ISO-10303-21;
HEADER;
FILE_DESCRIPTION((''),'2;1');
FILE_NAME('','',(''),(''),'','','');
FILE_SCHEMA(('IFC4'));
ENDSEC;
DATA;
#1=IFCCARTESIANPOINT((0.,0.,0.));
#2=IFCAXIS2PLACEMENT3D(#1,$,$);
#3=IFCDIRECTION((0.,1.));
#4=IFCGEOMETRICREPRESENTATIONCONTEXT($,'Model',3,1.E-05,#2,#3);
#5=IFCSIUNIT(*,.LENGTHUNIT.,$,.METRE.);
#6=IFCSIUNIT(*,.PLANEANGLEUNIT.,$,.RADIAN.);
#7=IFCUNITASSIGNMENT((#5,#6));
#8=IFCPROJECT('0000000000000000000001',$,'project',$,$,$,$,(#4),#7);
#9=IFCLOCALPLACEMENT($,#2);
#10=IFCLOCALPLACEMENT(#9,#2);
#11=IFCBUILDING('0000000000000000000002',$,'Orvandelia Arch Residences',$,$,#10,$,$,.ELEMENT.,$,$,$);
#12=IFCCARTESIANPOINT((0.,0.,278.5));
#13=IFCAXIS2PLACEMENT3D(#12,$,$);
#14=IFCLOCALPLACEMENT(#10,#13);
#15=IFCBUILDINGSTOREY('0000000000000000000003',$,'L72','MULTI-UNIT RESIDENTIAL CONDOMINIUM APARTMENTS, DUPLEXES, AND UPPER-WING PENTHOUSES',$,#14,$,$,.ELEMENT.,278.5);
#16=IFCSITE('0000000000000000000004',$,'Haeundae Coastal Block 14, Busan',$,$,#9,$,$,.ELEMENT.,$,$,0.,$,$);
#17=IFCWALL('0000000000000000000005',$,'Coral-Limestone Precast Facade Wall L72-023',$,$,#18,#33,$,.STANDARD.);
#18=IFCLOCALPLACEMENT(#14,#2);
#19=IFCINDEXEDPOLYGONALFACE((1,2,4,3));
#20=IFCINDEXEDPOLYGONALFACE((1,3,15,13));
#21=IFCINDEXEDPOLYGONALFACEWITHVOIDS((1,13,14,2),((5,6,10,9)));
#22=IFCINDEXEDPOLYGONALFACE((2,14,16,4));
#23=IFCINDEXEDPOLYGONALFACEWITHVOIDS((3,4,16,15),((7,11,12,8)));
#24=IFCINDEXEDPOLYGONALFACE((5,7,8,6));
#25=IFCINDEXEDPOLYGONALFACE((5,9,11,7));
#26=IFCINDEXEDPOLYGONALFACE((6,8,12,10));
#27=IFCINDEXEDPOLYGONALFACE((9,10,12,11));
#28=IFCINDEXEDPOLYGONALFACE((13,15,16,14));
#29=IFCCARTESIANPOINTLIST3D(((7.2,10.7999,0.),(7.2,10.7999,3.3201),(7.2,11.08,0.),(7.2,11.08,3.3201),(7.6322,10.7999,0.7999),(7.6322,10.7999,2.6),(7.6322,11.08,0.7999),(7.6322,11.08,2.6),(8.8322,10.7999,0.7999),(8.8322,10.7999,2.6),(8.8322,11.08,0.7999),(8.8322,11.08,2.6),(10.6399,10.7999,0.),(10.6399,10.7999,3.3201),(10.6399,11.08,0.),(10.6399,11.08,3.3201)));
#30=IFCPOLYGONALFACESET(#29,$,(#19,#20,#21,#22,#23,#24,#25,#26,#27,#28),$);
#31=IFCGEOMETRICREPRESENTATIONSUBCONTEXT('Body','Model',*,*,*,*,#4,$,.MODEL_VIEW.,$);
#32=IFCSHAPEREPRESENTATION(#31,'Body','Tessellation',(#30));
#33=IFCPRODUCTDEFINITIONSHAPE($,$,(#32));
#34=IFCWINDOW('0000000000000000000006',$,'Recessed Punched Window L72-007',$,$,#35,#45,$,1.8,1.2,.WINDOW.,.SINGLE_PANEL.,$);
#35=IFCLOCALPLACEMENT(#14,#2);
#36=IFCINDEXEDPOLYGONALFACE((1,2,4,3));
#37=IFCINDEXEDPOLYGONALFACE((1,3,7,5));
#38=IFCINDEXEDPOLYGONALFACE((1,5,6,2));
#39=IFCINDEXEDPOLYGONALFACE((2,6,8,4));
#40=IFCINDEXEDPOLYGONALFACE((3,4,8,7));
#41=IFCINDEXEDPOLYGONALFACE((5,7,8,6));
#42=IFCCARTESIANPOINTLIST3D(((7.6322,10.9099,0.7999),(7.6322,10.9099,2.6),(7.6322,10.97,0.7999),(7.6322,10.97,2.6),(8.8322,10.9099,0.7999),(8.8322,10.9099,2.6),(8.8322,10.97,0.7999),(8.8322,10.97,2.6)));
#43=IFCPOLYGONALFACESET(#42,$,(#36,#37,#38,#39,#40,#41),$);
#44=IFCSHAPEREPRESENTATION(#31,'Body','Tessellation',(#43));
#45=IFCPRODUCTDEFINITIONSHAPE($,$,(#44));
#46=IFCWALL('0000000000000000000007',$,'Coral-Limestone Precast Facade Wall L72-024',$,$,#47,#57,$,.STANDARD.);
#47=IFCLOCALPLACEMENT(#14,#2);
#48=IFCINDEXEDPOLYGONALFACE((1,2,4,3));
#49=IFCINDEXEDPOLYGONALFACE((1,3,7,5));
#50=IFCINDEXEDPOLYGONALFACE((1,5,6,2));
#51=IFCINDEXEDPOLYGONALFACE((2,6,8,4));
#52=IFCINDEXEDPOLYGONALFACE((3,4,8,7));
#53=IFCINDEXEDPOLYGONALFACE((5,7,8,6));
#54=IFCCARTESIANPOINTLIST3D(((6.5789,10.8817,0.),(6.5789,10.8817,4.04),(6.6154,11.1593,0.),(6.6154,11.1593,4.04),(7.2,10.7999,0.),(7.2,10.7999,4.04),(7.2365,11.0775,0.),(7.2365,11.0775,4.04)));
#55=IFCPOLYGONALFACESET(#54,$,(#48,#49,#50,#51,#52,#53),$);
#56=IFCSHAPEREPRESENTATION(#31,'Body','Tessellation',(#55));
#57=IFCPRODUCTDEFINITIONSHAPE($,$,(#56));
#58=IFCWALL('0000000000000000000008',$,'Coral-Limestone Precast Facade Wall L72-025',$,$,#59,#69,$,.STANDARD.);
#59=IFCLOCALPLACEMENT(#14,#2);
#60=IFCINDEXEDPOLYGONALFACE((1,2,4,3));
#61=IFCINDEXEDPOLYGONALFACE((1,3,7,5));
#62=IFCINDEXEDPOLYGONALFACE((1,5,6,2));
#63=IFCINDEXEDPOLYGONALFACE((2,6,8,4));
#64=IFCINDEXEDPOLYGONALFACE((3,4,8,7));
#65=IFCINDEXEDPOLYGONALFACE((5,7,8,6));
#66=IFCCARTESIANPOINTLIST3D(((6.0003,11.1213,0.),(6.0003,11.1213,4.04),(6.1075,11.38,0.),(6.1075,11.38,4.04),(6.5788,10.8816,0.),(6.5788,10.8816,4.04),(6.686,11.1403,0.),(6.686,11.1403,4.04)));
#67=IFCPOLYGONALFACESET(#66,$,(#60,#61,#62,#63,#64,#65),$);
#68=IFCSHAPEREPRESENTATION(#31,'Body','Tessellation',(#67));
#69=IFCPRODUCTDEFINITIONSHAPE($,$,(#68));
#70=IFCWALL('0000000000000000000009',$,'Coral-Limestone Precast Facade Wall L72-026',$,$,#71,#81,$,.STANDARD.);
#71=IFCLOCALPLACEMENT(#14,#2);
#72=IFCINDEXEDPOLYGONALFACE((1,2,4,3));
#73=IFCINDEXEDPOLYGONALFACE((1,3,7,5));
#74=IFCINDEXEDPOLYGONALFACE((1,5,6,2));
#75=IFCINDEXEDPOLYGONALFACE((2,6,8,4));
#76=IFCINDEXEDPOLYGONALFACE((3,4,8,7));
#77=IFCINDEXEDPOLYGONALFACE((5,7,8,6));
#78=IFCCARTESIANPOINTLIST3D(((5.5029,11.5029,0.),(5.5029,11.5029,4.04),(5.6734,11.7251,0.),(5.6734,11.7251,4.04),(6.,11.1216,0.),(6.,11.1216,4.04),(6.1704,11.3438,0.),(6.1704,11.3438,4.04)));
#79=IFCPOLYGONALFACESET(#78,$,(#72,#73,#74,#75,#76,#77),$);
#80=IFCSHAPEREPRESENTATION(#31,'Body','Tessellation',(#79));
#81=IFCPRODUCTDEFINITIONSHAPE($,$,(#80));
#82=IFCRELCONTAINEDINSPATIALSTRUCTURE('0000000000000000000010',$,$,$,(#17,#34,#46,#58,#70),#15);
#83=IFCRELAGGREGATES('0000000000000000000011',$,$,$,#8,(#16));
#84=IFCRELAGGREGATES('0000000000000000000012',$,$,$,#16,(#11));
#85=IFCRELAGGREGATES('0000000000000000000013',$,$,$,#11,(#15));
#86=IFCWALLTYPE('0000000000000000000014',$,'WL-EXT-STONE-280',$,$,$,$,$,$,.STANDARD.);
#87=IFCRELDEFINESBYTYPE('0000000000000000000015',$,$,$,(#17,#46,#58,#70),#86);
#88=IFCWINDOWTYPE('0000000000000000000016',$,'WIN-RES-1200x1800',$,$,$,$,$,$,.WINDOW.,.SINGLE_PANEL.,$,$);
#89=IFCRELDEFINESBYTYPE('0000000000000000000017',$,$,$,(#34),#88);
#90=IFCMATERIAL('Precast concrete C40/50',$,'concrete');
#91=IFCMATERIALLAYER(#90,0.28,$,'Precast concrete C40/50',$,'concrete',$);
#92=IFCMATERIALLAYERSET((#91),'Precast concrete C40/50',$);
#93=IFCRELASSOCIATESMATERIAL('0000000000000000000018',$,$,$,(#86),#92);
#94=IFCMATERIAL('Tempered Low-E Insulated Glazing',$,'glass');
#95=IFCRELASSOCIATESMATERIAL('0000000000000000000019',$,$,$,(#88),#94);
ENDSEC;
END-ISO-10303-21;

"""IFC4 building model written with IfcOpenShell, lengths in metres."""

from ifc_helpers import new_model, si_unit, direction, frame, frame_2d, origin, place, context, subcontext, project, spatial, rectangle, extrude, material, layer, layer_set, type_object, element, fill, save


model = new_model("IFC4")

# Units and contexts
model_context = context("Model", 3, precision=1e-05, world=origin(), true_north=direction((0.0, 1.0)))
body_context = subcontext(model_context, "Body", "Model", "MODEL_VIEW")
ifc_project = project(units=[si_unit("LENGTHUNIT", "METRE"), si_unit("PLANEANGLEUNIT", "RADIAN")], contexts=[model_context])

# Site, building, storey
site_placement = place(None, origin())
site = spatial("IfcSite", under=ifc_project, at=site_placement, Name="Haeundae Coastal Block 14, Busan", CompositionType="ELEMENT", RefElevation=0.0)
building_placement = place(site_placement, origin())
building = spatial("IfcBuilding", under=site, at=building_placement, Name="Orvandelia Arch Residences", CompositionType="ELEMENT")
storey_placement = place(building_placement, frame((0.0, 0.0, 278.5)))
storey = spatial("IfcBuildingStorey", under=building, at=storey_placement, Name="L72", Description="MULTI-UNIT RESIDENTIAL CONDOMINIUM APARTMENTS, DUPLEXES, AND UPPER-WING PENTHOUSES", CompositionType="ELEMENT", Elevation=278.5)

# Shared definitions
ifc_material_1 = material(Name="Precast concrete C40/50", Category="concrete")

# Wall, opening, window
ifc_layer_1 = layer(ifc_material_1, 0.28, Name="Precast concrete C40/50", Category="concrete")
ifc_layer_set_1 = layer_set([ifc_layer_1], Name="Precast concrete C40/50")
wall_type = type_object("IfcWallType", Name="WL-EXT-STONE-280", PredefinedType="STANDARD", material=ifc_layer_set_1)
wall_1_placement = place(storey_placement, frame((10.6399, 10.9399, 0.0), z_axis=(0.0, 0.0, 1.0), x_axis=(-1.0, 0.0, 0.0)))
wall_1 = element("IfcWall", 1, at=wall_1_placement, inside=storey, type_object=wall_type, Name="Coral-Limestone Precast Facade Wall L72-023", PredefinedType="STANDARD", context=body_context, shape_type="SweptSolid", body=[
    extrude(rectangle(XDim=3.4399, YDim=0.28, at=frame_2d((1.72, 0.0))), origin(), (0.0, 0.0, 1.0), 3.3201),
])
opening_placement = place(wall_1_placement, frame((1.8076, 0.0, 0.8)))
opening = element("IfcOpeningElement", 2, at=opening_placement, cuts=wall_1, PredefinedType="OPENING", context=body_context, shape_type="SweptSolid", body=[
    extrude(rectangle(XDim=1.2, YDim=1.8, at=frame_2d((0.6001, 0.8999))), frame((0.0, 0.1499, 0.0), z_axis=(0.0, -1.0, 0.0), x_axis=(1.0, 0.0, 0.0)), (0.0, 0.0, 1.0), 0.3),
])
ifc_material_2 = material(Name="Tempered Low-E Insulated Glazing", Category="glass")
window_type = type_object("IfcWindowType", Name="WIN-RES-1200x1800", PartitioningType="SINGLE_PANEL", PredefinedType="WINDOW", material=ifc_material_2)
window_placement = place(opening_placement, origin())
window = element("IfcWindow", 3, at=window_placement, inside=storey, type_object=window_type, Name="Recessed Punched Window L72-007", OverallHeight=1.8, OverallWidth=1.2, PartitioningType="SINGLE_PANEL", PredefinedType="WINDOW", context=body_context, shape_type="SweptSolid", body=[
    extrude(rectangle(XDim=1.2, YDim=1.8, at=frame_2d((0.6001, 0.8999))), frame((0.0, 0.03, 0.0), z_axis=(0.0, -1.0, 0.0), x_axis=(1.0, 0.0, 0.0)), (0.0, 0.0, 1.0), 0.0601),
])
fill(opening, window)

# Walls
wall_2_placement = place(storey_placement, frame((7.2183, 10.9387, 0.0), z_axis=(0.0, 0.0, 1.0), x_axis=(-0.991441, 0.130555, 0.0)))
element("IfcWall", 4, at=wall_2_placement, inside=storey, type_object=wall_type, Name="Coral-Limestone Precast Facade Wall L72-024", PredefinedType="STANDARD", context=body_context, shape_type="SweptSolid", body=[
    extrude(rectangle(XDim=0.6265, YDim=0.28, at=frame_2d((0.3132, 0.0))), origin(), (0.0, 0.0, 1.0), 4.04),
])
wall_3_placement = place(storey_placement, frame((6.6323, 11.011, 0.0), z_axis=(0.0, 0.0, 1.0), x_axis=(-0.923836, 0.382788, 0.0)))
element("IfcWall", 5, at=wall_3_placement, inside=storey, type_object=wall_type, Name="Coral-Limestone Precast Facade Wall L72-025", PredefinedType="STANDARD", context=body_context, shape_type="SweptSolid", body=[
    extrude(rectangle(XDim=0.6262, YDim=0.28, at=frame_2d((0.313, 0.0))), origin(), (0.0, 0.0, 1.0), 4.04),
])
wall_4_placement = place(storey_placement, frame((6.0852, 11.2327, 0.0), z_axis=(0.0, 0.0, 1.0), x_axis=(-0.793406, 0.608693, 0.0)))
element("IfcWall", 6, at=wall_4_placement, inside=storey, type_object=wall_type, Name="Coral-Limestone Precast Facade Wall L72-026", PredefinedType="STANDARD", context=body_context, shape_type="SweptSolid", body=[
    extrude(rectangle(XDim=0.6265, YDim=0.28, at=frame_2d((0.3132, 0.0))), origin(), (0.0, 0.0, 1.0), 4.04),
])

save(model, "model.ifc")
